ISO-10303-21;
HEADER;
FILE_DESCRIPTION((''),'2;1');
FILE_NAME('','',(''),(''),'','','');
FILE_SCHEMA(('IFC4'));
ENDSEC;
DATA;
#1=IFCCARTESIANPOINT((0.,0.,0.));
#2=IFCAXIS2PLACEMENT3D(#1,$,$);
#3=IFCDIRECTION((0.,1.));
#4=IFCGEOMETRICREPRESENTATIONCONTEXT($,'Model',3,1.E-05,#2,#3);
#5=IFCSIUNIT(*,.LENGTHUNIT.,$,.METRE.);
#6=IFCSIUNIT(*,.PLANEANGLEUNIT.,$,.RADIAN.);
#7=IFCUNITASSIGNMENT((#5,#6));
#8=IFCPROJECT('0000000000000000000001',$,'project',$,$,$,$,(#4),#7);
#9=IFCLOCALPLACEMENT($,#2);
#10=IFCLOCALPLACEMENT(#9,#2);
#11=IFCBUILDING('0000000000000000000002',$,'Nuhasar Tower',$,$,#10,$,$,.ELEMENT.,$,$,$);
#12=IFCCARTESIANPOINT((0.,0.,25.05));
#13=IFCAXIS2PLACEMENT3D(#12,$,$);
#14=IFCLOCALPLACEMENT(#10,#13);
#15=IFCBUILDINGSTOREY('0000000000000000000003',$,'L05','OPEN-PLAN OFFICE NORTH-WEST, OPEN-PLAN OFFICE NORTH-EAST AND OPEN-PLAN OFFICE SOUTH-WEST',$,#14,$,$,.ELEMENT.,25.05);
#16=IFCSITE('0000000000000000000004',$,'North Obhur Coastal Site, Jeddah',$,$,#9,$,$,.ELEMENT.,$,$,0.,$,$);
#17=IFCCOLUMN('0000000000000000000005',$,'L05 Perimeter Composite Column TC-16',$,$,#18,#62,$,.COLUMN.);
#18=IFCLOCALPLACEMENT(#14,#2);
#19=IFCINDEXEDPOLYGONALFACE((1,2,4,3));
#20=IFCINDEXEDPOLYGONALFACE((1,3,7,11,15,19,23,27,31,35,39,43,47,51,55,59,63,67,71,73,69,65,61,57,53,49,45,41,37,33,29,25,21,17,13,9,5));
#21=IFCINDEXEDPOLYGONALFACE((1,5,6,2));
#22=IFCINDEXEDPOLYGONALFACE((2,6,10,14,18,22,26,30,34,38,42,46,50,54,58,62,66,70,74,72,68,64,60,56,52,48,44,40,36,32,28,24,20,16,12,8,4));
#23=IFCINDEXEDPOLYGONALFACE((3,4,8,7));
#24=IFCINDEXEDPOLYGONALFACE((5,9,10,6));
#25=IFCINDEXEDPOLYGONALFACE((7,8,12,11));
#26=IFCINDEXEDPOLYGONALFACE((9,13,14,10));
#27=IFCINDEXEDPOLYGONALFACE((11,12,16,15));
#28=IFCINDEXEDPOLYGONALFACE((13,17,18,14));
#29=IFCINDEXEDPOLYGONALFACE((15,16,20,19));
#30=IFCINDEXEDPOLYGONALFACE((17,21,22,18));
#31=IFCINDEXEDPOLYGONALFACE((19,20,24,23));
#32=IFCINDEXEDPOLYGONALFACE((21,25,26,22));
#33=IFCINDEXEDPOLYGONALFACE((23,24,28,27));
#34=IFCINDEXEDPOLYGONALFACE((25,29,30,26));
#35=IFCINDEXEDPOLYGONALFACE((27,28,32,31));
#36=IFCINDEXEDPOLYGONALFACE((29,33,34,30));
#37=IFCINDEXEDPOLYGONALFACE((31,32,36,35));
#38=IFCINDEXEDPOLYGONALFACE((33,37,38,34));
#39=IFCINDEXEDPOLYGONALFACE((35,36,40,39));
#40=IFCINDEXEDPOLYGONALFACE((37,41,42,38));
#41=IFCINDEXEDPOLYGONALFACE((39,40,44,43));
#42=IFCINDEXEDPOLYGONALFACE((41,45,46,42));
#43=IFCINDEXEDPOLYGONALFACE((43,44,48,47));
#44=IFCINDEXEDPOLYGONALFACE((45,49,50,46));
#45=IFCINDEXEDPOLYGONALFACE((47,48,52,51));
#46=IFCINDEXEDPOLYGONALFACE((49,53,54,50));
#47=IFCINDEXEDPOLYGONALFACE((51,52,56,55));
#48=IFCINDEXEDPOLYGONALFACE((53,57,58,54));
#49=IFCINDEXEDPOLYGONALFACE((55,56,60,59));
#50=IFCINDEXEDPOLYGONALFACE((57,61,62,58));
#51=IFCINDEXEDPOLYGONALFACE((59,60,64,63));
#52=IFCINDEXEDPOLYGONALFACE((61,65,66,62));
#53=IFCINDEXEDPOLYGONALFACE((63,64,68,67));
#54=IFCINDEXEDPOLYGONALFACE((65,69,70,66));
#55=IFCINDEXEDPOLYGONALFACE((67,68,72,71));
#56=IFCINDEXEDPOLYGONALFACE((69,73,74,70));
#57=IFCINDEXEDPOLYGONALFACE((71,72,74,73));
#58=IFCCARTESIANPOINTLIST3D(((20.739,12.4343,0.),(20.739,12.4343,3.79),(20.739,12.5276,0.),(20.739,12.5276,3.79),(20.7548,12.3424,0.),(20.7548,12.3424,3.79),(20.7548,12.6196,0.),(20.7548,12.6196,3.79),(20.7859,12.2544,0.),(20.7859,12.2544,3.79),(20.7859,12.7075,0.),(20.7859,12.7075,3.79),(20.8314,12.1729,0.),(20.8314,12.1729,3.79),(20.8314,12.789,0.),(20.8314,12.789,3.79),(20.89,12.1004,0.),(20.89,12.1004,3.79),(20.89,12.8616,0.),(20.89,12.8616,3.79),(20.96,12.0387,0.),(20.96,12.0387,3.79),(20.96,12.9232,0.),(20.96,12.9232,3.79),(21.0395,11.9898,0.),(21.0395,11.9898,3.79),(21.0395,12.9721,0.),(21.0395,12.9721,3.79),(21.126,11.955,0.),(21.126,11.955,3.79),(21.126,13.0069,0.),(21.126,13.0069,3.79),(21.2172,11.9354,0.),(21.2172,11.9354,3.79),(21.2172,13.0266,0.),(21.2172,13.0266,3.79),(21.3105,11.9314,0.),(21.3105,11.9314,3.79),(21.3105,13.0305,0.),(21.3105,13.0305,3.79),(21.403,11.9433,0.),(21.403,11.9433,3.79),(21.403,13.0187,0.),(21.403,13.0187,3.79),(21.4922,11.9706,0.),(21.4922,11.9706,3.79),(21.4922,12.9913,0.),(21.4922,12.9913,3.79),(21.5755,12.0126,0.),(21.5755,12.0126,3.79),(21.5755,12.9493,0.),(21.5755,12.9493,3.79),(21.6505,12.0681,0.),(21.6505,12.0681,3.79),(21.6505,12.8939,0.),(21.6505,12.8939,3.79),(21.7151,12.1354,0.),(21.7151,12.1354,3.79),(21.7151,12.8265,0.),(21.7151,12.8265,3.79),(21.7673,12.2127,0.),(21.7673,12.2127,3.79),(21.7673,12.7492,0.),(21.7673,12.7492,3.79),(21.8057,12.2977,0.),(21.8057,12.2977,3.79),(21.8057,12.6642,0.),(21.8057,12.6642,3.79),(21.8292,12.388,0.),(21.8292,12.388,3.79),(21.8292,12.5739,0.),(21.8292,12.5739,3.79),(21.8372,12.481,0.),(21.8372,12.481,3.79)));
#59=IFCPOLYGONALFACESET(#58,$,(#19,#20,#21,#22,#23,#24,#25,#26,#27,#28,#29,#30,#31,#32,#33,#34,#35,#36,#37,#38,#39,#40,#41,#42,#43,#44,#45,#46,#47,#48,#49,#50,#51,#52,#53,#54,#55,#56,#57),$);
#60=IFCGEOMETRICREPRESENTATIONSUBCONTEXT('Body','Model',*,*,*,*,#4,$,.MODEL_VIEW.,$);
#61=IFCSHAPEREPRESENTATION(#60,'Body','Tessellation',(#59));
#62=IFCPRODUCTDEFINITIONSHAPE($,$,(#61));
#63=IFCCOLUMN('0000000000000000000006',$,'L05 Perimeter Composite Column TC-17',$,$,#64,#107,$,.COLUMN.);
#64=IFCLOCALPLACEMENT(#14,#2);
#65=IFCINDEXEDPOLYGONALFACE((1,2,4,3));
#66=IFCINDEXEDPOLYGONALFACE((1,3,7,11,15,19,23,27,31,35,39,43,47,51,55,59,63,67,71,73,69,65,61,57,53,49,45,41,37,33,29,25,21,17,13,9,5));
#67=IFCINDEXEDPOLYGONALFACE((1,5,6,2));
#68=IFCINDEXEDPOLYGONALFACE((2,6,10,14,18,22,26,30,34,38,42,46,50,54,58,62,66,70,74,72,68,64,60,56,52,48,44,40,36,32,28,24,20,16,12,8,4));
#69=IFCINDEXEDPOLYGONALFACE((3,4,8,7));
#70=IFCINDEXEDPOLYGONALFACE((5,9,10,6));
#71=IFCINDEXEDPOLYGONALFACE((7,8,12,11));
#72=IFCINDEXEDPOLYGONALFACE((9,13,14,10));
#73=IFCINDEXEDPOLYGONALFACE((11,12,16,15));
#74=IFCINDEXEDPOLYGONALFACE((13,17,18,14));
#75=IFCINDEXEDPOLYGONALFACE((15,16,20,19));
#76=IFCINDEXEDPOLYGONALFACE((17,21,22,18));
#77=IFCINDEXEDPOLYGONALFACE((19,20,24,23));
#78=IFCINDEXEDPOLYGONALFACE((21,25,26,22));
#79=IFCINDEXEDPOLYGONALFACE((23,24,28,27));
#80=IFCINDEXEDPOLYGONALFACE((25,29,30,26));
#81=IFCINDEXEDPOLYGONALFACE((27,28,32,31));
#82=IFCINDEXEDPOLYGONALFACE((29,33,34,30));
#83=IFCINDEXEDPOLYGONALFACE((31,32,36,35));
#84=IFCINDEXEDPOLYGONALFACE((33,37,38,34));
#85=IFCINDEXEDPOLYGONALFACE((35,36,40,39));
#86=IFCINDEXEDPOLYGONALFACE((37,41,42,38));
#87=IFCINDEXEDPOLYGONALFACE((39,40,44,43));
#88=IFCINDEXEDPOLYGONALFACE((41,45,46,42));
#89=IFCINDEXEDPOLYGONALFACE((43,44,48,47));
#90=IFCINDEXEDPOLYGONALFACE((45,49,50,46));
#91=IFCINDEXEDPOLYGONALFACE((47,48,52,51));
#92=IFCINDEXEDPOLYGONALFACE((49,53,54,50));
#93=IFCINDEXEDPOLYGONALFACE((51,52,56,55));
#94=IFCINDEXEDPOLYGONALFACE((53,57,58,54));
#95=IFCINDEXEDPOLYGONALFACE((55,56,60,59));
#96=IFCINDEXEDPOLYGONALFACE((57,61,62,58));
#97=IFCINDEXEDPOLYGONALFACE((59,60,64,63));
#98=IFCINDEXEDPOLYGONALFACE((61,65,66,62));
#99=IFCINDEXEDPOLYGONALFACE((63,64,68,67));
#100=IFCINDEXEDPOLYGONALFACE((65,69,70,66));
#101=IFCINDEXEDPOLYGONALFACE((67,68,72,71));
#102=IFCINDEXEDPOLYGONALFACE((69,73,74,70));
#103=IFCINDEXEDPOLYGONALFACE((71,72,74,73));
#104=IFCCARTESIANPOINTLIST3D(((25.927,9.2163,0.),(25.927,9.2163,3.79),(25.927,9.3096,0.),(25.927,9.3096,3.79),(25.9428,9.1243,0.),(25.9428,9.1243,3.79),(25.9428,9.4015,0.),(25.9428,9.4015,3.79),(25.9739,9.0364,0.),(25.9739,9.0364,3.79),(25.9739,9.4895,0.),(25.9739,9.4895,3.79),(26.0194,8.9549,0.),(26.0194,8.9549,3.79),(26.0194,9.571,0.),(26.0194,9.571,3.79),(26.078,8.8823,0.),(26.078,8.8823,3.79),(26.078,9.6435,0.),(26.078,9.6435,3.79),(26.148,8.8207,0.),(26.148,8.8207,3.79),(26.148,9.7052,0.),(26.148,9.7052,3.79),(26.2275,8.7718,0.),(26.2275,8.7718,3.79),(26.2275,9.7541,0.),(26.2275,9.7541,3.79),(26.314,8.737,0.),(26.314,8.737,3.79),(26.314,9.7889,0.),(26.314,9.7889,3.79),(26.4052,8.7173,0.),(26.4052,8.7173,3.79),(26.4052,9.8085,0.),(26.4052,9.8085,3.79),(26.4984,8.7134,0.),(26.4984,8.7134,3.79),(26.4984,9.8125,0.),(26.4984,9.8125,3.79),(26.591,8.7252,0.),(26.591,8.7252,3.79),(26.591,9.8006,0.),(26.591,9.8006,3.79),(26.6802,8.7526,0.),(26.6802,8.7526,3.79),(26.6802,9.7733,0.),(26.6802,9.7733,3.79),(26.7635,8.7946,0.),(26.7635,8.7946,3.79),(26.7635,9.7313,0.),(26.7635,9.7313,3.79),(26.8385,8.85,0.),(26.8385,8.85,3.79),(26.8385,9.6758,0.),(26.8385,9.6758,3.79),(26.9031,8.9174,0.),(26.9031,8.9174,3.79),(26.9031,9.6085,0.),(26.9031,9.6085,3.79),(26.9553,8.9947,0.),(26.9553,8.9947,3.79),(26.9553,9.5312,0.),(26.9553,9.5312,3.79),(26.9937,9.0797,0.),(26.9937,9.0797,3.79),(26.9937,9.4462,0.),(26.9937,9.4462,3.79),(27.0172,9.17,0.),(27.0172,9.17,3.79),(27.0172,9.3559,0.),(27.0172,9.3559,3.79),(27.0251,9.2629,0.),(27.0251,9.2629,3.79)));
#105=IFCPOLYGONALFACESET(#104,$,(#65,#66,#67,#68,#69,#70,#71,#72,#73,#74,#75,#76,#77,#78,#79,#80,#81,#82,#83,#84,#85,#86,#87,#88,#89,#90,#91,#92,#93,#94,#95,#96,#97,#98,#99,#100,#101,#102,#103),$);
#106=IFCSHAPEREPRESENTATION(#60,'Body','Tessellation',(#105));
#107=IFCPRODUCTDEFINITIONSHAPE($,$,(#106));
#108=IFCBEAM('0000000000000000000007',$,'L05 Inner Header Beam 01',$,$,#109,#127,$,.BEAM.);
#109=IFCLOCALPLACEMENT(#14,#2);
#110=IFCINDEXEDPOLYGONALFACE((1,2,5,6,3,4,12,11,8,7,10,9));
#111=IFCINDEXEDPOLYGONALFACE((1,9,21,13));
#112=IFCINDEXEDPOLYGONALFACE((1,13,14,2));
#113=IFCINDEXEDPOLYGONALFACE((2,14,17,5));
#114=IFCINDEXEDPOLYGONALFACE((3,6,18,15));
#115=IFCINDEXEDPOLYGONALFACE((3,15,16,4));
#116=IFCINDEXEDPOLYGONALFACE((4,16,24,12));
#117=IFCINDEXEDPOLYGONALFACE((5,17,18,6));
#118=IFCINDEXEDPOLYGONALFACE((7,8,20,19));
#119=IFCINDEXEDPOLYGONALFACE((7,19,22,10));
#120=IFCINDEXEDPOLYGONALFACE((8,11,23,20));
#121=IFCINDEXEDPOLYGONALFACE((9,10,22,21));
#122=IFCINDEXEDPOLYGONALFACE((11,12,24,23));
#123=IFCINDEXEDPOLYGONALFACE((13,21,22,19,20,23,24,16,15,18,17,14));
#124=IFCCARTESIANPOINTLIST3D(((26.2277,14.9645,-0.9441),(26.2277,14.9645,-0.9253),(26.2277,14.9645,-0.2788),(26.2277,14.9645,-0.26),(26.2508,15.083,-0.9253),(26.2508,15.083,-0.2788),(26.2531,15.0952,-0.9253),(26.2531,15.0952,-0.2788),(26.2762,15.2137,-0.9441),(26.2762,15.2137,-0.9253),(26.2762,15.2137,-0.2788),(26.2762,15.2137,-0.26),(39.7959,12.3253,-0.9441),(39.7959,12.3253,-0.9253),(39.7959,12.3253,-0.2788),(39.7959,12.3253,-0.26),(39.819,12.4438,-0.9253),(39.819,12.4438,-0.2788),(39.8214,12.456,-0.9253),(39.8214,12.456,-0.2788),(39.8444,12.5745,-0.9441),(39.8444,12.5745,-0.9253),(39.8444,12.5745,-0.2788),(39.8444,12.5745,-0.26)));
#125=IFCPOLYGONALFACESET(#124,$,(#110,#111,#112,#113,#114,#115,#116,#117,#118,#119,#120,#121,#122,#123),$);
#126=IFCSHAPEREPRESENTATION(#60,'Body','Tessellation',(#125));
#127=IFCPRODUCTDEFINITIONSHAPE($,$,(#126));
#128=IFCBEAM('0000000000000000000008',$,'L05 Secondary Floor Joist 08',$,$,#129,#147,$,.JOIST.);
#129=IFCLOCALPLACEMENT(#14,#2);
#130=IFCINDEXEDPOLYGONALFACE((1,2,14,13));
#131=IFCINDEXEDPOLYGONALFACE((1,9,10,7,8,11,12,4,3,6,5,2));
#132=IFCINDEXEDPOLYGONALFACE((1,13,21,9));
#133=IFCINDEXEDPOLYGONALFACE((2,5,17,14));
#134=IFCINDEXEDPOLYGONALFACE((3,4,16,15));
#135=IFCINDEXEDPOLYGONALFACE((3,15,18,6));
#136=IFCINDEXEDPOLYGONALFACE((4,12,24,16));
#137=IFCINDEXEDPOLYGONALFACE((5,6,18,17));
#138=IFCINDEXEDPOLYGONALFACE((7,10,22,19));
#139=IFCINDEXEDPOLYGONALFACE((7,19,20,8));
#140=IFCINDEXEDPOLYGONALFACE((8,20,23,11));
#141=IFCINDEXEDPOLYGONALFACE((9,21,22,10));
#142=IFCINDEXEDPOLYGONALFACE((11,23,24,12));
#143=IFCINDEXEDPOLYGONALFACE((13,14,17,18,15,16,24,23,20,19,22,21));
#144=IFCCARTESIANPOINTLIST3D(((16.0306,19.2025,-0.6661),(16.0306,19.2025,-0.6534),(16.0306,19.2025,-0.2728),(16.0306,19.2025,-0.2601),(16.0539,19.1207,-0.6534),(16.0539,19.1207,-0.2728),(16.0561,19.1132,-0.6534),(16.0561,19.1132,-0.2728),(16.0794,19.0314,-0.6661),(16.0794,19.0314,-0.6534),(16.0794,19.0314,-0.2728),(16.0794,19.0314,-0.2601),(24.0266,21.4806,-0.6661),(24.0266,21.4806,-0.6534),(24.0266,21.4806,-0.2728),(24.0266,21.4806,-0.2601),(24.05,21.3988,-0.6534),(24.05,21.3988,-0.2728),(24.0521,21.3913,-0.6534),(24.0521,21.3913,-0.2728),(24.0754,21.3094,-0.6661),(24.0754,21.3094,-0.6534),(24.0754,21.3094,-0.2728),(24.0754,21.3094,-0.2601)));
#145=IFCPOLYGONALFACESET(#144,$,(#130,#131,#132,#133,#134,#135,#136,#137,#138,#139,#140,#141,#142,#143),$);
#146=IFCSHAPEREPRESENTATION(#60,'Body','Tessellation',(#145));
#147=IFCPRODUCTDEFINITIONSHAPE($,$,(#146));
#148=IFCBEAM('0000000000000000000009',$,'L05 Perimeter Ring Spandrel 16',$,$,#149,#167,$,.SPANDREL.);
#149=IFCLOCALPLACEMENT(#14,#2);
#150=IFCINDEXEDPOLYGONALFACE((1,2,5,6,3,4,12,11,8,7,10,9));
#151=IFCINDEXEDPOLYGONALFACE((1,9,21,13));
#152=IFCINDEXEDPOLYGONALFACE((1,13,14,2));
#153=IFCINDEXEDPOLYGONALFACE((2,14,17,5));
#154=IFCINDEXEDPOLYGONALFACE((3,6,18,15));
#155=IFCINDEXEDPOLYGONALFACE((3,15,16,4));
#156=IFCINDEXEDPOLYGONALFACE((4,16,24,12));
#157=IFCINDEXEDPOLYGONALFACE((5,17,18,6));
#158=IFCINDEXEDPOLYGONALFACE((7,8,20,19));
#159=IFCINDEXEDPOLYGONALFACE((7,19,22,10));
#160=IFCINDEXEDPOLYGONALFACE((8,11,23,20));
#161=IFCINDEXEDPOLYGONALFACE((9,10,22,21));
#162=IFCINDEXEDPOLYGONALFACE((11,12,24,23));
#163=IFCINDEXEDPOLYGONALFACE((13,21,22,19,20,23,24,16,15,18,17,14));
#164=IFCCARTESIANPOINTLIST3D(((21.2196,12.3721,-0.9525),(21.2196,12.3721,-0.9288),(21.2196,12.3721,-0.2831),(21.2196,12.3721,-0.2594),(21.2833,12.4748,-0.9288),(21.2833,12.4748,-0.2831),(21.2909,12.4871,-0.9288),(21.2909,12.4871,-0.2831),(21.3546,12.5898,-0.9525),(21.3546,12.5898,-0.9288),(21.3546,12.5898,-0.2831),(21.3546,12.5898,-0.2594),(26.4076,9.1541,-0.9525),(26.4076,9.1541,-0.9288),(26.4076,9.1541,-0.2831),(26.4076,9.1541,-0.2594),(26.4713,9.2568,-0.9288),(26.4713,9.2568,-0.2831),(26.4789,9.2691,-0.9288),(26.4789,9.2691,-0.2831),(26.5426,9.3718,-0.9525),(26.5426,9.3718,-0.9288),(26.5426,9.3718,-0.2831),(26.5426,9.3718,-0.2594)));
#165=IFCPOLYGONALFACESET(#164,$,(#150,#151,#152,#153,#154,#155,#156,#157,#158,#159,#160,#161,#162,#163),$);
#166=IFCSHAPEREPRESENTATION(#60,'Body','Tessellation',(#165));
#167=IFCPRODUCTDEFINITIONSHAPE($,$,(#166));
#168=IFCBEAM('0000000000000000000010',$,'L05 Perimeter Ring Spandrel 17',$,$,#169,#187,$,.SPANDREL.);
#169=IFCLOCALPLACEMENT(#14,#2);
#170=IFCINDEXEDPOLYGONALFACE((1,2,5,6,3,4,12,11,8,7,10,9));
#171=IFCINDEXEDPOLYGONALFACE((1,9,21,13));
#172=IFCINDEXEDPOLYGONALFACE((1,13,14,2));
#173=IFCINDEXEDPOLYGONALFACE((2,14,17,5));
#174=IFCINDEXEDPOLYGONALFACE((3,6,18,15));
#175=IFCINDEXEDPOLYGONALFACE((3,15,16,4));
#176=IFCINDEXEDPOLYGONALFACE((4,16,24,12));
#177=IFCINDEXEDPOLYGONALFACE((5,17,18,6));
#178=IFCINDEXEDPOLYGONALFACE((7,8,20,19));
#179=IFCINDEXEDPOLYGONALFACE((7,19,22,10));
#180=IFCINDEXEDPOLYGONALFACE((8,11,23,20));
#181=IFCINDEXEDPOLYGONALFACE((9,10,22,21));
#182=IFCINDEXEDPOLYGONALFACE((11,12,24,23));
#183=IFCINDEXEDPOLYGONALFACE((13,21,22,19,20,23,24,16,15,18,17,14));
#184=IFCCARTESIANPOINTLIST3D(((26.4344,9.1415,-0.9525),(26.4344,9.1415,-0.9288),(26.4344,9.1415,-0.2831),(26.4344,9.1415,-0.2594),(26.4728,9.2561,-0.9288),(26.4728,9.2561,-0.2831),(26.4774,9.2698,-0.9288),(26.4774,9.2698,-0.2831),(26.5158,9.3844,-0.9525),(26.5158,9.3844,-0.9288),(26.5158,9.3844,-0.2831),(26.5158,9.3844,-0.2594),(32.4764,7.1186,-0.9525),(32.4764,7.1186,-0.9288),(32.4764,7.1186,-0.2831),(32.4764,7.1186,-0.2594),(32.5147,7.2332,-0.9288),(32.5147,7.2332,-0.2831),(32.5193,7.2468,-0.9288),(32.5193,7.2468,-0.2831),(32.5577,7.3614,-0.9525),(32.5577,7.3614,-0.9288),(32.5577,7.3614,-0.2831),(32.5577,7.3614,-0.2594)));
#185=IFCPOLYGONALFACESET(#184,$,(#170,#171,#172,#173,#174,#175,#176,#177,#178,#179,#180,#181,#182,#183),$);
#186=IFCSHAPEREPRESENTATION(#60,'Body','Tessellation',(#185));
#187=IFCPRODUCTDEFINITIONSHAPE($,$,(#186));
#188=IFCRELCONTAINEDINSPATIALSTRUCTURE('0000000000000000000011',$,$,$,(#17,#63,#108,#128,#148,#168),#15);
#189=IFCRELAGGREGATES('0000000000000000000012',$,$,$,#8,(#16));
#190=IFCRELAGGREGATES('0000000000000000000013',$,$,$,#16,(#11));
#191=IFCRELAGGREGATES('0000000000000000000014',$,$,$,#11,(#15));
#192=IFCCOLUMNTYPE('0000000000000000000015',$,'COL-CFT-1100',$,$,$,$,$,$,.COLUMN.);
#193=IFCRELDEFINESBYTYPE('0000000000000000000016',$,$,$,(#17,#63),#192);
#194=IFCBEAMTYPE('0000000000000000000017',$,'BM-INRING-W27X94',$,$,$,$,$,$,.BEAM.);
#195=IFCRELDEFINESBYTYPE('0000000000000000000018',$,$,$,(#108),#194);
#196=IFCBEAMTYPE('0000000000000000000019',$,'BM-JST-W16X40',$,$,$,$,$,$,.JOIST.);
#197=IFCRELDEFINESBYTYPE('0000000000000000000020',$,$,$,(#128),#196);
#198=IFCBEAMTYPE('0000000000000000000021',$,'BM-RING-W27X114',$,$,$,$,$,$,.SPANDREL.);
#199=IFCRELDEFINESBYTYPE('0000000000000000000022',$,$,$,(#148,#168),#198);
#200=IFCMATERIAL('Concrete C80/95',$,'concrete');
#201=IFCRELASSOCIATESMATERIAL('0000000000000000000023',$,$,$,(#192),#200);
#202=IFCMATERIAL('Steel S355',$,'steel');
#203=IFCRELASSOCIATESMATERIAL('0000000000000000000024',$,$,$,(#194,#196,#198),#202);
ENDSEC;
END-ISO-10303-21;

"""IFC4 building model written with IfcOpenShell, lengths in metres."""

from ifc_helpers import new_model, si_unit, direction, frame, origin, origin_2d, place, context, subcontext, project, spatial, circle, i_section, extrude, material, material_profile, profile_set, type_object, element, save


model = new_model("IFC4")

# Units and contexts
model_context = context("Model", 3, precision=1e-05, world=origin(), true_north=direction((0.0, 1.0)))
body_context = subcontext(model_context, "Body", "Model", "MODEL_VIEW")
ifc_project = project(units=[si_unit("LENGTHUNIT", "METRE"), si_unit("PLANEANGLEUNIT", "RADIAN")], contexts=[model_context])

# Site, building, storey
site_placement = place(None, origin())
site = spatial("IfcSite", under=ifc_project, at=site_placement, Name="North Obhur Coastal Site, Jeddah", CompositionType="ELEMENT", RefElevation=0.0)
building_placement = place(site_placement, origin())
building = spatial("IfcBuilding", under=site, at=building_placement, Name="Nuhasar Tower", CompositionType="ELEMENT")
storey_placement = place(building_placement, frame((0.0, 0.0, 25.05)))
storey = spatial("IfcBuildingStorey", under=building, at=storey_placement, Name="L05", Description="OPEN-PLAN OFFICE NORTH-WEST, OPEN-PLAN OFFICE NORTH-EAST AND OPEN-PLAN OFFICE SOUTH-WEST", CompositionType="ELEMENT", Elevation=25.05)

# Columns
ifc_material_1 = material(Name="Concrete C80/95", Category="concrete")
ifc_material_profile_1 = material_profile(ifc_material_1, circle(Radius=0.55, at=origin_2d()), Name="CFT1100")
ifc_profile_set_1 = profile_set([ifc_material_profile_1], Name="Concrete C80/95")
column_type = type_object("IfcColumnType", Name="COL-CFT-1100", PredefinedType="COLUMN", material=ifc_profile_set_1)
for number, where, z_axis, x_axis, name in (
    (1, (21.2871, 12.481, 0.0), (0.0, 0.0, 1.0), (1.0, 0.0, 0.0), "L05 Perimeter Composite Column TC-16"),
    (2, (26.4751, 9.2629, 0.0), (0.0, 0.0, 1.0), (1.0, 0.0, 0.0), "L05 Perimeter Composite Column TC-17"),
):
    element("IfcColumn", number, at=place(storey_placement, frame(where, z_axis=z_axis, x_axis=x_axis)), inside=storey, type_object=column_type, Name=name, PredefinedType="COLUMN", context=body_context, shape_type="SweptSolid", body=[
        extrude(circle(Radius=0.55, at=origin_2d()), origin(), (0.0, 0.0, 1.0), 3.79),
    ])

# Beams
ifc_material_2 = material(Name="Steel S355", Category="steel")
ifc_material_profile_2 = material_profile(ifc_material_2, i_section(OverallWidth=0.2539, OverallDepth=0.6841, WebThickness=0.0125, FlangeThickness=0.0188, at=origin_2d()), Name="W27X94")
ifc_profile_set_2 = profile_set([ifc_material_profile_2], Name="Steel S355")
beam_type_1 = type_object("IfcBeamType", Name="BM-INRING-W27X94", PredefinedType="BEAM", material=ifc_profile_set_2)
beam_1_placement = place(storey_placement, frame((26.252, 15.0891, -0.6021), z_axis=(0.981603, -0.190933, 0.0), x_axis=(0.190933, 0.981603, 0.0)))
element("IfcBeam", 3, at=beam_1_placement, inside=storey, type_object=beam_type_1, Name="L05 Inner Header Beam 01", PredefinedType="BEAM", context=body_context, shape_type="SweptSolid", body=[
    extrude(i_section(OverallWidth=0.2539, OverallDepth=0.6841, WebThickness=0.0125, FlangeThickness=0.0188, at=origin_2d()), origin(), (0.0, 0.0, 1.0), 13.8225),
])
ifc_material_profile_3 = material_profile(ifc_material_2, i_section(OverallWidth=0.178, OverallDepth=0.406, WebThickness=0.0078, FlangeThickness=0.0127, at=origin_2d()), Name="W16X40")
ifc_profile_set_3 = profile_set([ifc_material_profile_3], Name="Steel S355")
beam_type_2 = type_object("IfcBeamType", Name="BM-JST-W16X40", PredefinedType="JOIST", material=ifc_profile_set_3)
beam_2_placement = place(storey_placement, frame((24.051, 21.395, -0.4631), z_axis=(-0.961731, -0.273996, 0.0), x_axis=(0.273996, -0.961731, 0.0)))
element("IfcBeam", 4, at=beam_2_placement, inside=storey, type_object=beam_type_2, Name="L05 Secondary Floor Joist 08", PredefinedType="JOIST", context=body_context, shape_type="SweptSolid", body=[
    extrude(i_section(OverallWidth=0.178, OverallDepth=0.406, WebThickness=0.0078, FlangeThickness=0.0127, at=origin_2d()), origin(), (0.0, 0.0, 1.0), 8.3142),
])
ifc_material_profile_4 = material_profile(ifc_material_2, i_section(OverallWidth=0.2561, OverallDepth=0.6931, WebThickness=0.0144, FlangeThickness=0.0237, at=origin_2d()), Name="W27X114")
ifc_profile_set_4 = profile_set([ifc_material_profile_4], Name="Steel S355")
beam_type_3 = type_object("IfcBeamType", Name="BM-RING-W27X114", PredefinedType="SPANDREL", material=ifc_profile_set_4)
beam_3_placement = place(storey_placement, frame((21.2871, 12.481, -0.606), z_axis=(0.849795, -0.527113, 0.0), x_axis=(0.527113, 0.849795, 0.0)))
element("IfcBeam", 5, at=beam_3_placement, inside=storey, type_object=beam_type_3, Name="L05 Perimeter Ring Spandrel 16", PredefinedType="SPANDREL", context=body_context, shape_type="SweptSolid", body=[
    extrude(i_section(OverallWidth=0.2561, OverallDepth=0.6931, WebThickness=0.0144, FlangeThickness=0.0237, at=origin_2d()), origin(), (0.0, 0.0, 1.0), 6.105),
])
beam_4_placement = place(storey_placement, frame((26.4751, 9.2629, -0.606), z_axis=(0.948261, -0.317492, 0.0), x_axis=(0.317492, 0.948261, 0.0)))
element("IfcBeam", 6, at=beam_4_placement, inside=storey, type_object=beam_type_3, Name="L05 Perimeter Ring Spandrel 17", PredefinedType="SPANDREL", context=body_context, shape_type="SweptSolid", body=[
    extrude(i_section(OverallWidth=0.2561, OverallDepth=0.6931, WebThickness=0.0144, FlangeThickness=0.0237, at=origin_2d()), origin(), (0.0, 0.0, 1.0), 6.3716),
])

save(model, "model.ifc")
